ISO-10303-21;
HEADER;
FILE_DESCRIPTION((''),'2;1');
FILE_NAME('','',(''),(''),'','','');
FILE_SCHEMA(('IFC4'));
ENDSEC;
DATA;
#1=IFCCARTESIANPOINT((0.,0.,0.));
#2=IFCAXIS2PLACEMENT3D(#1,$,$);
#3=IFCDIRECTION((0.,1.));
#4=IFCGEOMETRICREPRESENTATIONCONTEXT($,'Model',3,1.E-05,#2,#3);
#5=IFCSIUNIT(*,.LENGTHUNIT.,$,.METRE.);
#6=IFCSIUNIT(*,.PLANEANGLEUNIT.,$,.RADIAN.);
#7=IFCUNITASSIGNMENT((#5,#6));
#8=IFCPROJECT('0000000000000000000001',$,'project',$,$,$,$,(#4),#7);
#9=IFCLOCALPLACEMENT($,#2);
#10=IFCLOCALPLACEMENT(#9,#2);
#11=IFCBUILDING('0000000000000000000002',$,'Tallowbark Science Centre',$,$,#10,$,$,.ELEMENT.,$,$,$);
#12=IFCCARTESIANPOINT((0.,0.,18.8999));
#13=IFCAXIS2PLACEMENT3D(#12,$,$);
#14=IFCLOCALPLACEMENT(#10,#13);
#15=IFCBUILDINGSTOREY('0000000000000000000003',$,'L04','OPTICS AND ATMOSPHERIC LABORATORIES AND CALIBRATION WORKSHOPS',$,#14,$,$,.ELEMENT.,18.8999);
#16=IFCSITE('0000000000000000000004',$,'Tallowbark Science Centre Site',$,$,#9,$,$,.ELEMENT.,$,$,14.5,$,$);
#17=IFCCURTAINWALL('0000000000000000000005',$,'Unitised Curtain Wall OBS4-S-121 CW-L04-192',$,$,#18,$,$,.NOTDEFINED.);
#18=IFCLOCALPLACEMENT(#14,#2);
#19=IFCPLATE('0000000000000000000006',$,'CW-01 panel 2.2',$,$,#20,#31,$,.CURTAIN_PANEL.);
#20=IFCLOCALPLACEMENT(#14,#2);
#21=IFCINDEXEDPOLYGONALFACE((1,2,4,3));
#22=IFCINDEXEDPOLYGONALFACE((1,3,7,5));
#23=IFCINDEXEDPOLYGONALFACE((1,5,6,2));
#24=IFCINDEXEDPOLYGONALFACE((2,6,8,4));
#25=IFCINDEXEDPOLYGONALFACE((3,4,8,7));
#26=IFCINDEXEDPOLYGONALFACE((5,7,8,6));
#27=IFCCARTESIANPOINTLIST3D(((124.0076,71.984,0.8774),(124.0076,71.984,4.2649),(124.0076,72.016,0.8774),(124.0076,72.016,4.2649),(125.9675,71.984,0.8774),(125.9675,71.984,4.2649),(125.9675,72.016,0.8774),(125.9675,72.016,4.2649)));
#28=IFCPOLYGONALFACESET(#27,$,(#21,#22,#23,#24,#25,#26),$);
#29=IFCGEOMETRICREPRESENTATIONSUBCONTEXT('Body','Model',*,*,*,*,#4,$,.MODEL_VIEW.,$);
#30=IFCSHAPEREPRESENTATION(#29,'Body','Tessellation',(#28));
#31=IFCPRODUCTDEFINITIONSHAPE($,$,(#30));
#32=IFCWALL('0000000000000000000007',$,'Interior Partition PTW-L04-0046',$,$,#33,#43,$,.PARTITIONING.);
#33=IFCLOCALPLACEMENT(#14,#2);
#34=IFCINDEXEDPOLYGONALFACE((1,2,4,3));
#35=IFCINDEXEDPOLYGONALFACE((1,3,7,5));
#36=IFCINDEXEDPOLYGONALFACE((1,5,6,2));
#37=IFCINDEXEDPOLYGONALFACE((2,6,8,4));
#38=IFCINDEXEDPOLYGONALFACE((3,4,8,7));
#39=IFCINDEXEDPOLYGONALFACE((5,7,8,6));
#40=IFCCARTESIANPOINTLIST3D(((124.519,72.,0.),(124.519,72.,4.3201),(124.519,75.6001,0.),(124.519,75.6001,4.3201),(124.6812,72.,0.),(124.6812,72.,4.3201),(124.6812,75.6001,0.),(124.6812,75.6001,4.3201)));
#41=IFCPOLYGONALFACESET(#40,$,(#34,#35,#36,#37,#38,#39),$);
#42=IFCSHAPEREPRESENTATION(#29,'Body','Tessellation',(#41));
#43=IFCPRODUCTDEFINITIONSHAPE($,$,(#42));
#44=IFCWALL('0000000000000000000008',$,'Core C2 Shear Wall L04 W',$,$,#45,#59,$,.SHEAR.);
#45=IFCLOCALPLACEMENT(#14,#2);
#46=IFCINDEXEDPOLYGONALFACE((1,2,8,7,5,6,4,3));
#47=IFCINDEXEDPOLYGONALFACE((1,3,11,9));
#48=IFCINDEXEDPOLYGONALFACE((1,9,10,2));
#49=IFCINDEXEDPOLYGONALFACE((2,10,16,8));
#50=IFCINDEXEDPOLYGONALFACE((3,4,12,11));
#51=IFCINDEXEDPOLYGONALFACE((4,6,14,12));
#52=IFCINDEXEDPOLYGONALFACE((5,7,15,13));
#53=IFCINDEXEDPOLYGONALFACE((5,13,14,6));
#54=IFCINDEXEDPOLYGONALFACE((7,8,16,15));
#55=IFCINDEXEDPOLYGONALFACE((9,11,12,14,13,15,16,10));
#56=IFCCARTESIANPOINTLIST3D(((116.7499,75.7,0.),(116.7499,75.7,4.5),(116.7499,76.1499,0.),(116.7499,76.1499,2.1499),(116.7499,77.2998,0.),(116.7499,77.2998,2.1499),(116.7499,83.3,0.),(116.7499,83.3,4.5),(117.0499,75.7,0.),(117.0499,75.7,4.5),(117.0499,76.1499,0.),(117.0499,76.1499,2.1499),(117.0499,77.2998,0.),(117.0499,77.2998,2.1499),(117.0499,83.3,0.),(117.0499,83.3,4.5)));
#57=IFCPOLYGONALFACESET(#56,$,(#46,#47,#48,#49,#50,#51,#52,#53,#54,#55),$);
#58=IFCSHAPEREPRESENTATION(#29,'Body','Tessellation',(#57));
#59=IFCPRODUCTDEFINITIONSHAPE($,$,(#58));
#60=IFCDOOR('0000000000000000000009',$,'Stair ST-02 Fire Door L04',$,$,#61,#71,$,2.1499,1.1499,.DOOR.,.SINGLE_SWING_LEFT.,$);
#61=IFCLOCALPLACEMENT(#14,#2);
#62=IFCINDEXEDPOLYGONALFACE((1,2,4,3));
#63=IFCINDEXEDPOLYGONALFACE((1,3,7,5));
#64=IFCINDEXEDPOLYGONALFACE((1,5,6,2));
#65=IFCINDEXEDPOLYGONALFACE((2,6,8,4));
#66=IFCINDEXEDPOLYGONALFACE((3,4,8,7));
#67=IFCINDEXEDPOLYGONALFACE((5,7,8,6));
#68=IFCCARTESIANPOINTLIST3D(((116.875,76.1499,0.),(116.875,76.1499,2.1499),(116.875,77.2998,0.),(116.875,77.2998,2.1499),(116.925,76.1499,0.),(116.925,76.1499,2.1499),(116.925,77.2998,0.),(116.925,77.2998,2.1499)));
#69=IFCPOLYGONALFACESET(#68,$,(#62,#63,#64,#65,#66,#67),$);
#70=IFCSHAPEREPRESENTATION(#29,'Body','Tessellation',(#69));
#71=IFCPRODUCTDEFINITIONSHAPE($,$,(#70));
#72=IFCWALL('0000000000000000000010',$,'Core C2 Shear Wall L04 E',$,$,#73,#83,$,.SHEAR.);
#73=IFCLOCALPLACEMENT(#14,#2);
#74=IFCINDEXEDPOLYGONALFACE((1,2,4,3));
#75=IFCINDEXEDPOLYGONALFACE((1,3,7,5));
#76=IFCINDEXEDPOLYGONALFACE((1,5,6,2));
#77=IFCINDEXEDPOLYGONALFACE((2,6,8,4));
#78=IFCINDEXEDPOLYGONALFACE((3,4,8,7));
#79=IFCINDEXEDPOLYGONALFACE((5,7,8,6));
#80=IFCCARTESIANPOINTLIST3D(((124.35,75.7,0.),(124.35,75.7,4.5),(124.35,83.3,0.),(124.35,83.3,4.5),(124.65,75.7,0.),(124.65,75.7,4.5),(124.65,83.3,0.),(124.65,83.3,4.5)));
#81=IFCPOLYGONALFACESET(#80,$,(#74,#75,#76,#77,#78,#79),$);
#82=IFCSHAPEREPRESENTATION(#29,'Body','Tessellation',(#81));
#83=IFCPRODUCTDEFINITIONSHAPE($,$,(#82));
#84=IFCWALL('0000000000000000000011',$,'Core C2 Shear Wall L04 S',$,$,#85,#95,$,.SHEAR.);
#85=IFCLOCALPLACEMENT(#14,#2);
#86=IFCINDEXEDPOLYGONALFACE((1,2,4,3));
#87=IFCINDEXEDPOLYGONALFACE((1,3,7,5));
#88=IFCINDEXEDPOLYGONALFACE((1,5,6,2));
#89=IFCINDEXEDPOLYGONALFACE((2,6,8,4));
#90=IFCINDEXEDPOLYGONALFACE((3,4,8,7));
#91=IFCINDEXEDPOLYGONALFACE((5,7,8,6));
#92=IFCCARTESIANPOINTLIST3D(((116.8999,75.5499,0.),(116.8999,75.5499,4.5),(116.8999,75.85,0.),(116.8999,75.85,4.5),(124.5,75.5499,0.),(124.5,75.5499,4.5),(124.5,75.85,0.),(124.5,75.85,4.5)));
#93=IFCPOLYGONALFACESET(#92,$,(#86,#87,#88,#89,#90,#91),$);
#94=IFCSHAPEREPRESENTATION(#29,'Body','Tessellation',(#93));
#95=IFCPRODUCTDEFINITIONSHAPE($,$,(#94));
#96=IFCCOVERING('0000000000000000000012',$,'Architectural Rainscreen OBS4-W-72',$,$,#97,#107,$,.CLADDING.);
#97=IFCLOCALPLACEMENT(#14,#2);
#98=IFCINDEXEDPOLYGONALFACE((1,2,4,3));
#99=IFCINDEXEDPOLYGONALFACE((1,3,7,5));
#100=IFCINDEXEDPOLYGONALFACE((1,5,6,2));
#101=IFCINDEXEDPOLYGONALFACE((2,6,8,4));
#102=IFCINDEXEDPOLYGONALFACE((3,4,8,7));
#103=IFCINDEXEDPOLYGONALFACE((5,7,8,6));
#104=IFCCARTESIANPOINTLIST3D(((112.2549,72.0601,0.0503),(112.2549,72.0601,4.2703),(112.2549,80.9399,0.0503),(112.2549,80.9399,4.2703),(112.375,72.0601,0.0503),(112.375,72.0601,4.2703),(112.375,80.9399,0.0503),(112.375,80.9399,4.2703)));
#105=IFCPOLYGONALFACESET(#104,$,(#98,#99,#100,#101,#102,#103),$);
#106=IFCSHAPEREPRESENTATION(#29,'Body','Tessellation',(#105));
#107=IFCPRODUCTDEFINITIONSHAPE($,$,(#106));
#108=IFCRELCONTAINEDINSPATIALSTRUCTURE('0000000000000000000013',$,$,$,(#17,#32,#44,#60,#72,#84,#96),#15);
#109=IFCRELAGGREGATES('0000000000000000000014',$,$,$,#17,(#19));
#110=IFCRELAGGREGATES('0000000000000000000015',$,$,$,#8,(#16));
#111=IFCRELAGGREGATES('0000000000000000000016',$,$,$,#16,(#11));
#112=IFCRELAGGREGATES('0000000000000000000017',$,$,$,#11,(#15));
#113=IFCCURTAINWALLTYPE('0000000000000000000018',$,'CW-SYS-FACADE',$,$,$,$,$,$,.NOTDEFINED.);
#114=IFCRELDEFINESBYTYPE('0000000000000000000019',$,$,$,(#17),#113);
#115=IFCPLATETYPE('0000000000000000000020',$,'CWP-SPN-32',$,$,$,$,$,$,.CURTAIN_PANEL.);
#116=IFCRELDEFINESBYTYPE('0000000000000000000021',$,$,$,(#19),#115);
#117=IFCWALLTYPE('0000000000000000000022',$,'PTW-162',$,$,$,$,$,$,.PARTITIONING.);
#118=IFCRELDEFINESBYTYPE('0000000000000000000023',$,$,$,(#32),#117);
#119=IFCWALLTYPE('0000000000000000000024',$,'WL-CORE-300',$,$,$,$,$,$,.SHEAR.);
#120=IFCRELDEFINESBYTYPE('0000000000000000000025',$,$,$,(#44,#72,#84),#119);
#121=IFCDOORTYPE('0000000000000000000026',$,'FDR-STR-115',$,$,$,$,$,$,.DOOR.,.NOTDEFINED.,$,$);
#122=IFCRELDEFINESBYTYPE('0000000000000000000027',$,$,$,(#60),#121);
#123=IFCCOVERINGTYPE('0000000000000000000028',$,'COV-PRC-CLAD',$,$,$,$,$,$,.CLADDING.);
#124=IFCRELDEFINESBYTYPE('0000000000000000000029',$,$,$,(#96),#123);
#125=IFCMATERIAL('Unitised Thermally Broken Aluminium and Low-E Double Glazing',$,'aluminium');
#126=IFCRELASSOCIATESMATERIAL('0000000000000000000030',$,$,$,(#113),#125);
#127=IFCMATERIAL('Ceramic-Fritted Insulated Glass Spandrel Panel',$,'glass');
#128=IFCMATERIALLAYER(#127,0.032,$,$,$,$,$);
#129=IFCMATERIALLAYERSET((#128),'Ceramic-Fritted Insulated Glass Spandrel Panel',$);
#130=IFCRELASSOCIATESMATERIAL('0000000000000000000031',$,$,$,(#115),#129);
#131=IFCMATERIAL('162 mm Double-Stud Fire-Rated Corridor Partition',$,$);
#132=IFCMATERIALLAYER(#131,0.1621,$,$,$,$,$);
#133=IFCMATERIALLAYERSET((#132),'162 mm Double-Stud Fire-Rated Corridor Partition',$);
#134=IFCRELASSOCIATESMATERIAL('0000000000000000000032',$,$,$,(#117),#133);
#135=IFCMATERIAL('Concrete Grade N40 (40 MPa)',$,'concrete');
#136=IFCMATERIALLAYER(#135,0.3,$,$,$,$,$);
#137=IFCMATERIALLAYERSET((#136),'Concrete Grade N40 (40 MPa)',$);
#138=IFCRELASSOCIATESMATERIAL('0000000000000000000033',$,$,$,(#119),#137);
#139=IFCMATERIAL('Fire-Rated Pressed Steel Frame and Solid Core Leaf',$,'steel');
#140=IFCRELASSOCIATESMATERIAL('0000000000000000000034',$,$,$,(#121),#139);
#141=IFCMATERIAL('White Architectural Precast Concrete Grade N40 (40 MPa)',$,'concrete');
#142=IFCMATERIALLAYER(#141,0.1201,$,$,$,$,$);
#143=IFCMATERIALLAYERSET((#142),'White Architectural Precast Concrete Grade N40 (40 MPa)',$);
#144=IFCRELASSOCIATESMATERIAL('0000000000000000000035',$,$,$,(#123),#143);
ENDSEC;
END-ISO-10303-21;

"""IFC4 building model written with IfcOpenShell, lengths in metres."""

from ifc_helpers import new_model, si_unit, direction, frame, frame_2d, origin, origin_2d, place, context, subcontext, project, spatial, rectangle, extrude, material, layer, layer_set, type_object, element, fill, aggregate, save


model = new_model("IFC4")

# Units and contexts
model_context = context("Model", 3, precision=1e-05, world=origin(), true_north=direction((0.0, 1.0)))
body_context = subcontext(model_context, "Body", "Model", "MODEL_VIEW")
ifc_project = project(units=[si_unit("LENGTHUNIT", "METRE"), si_unit("PLANEANGLEUNIT", "RADIAN")], contexts=[model_context])

# Site, building, storey
site_placement = place(None, origin())
site = spatial("IfcSite", under=ifc_project, at=site_placement, Name="Tallowbark Science Centre Site", CompositionType="ELEMENT", RefElevation=14.5)
building_placement = place(site_placement, origin())
building = spatial("IfcBuilding", under=site, at=building_placement, Name="Tallowbark Science Centre", CompositionType="ELEMENT")
storey_placement = place(building_placement, frame((0.0, 0.0, 18.8999)))
storey = spatial("IfcBuildingStorey", under=building, at=storey_placement, Name="L04", Description="OPTICS AND ATMOSPHERIC LABORATORIES AND CALIBRATION WORKSHOPS", CompositionType="ELEMENT", Elevation=18.8999)

# Shared definitions
ifc_material_1 = material(Name="Concrete Grade N40 (40 MPa)", Category="concrete")

# Curtain wall
ifc_material_2 = material(Name="Unitised Thermally Broken Aluminium and Low-E Double Glazing", Category="aluminium")
curtain_wall_type = type_object("IfcCurtainWallType", Name="CW-SYS-FACADE", PredefinedType="NOTDEFINED", material=ifc_material_2)
curtain_wall_placement = place(storey_placement, origin())
curtain_wall = element("IfcCurtainWall", 1, at=curtain_wall_placement, inside=storey, type_object=curtain_wall_type, Name="Unitised Curtain Wall OBS4-S-121 CW-L04-192", PredefinedType="NOTDEFINED")

# Plate
ifc_material_3 = material(Name="Ceramic-Fritted Insulated Glass Spandrel Panel", Category="glass")
ifc_layer_1 = layer(ifc_material_3, 0.032)
ifc_layer_set_1 = layer_set([ifc_layer_1], Name="Ceramic-Fritted Insulated Glass Spandrel Panel")
plate_type = type_object("IfcPlateType", Name="CWP-SPN-32", PredefinedType="CURTAIN_PANEL", material=ifc_layer_set_1)
plate_1_placement = place(storey_placement, frame((124.9875, 72.0, 0.8774), z_axis=(0.0, 0.0, 1.0), x_axis=(1.0, 0.0, 0.0)))
plate_1 = element("IfcPlate", 2, at=plate_1_placement, type_object=plate_type, Name="CW-01 panel 2.2", PredefinedType="CURTAIN_PANEL", context=body_context, shape_type="SweptSolid", body=[
    extrude(rectangle(XDim=1.96, YDim=0.032, at=origin_2d()), origin(), (0.0, 0.0, 1.0), 3.3875),
])
aggregate(curtain_wall, [plate_1])

# Wall
ifc_material_4 = material(Name="162 mm Double-Stud Fire-Rated Corridor Partition")
ifc_layer_2 = layer(ifc_material_4, 0.1621)
ifc_layer_set_2 = layer_set([ifc_layer_2], Name="162 mm Double-Stud Fire-Rated Corridor Partition")
wall_type_1 = type_object("IfcWallType", Name="PTW-162", PredefinedType="PARTITIONING", material=ifc_layer_set_2)
wall_1_placement = place(storey_placement, frame((124.6001, 72.0, 0.0), z_axis=(0.0, 0.0, 1.0), x_axis=(0.0, 1.0, 0.0)))
element("IfcWall", 3, at=wall_1_placement, inside=storey, type_object=wall_type_1, Name="Interior Partition PTW-L04-0046", PredefinedType="PARTITIONING", context=body_context, shape_type="SweptSolid", body=[
    extrude(rectangle(XDim=3.6001, YDim=0.1621, at=frame_2d((1.8, 0.0))), origin(), (0.0, 0.0, 1.0), 4.3201),
])

# Wall, opening, door
ifc_layer_3 = layer(ifc_material_1, 0.3)
ifc_layer_set_3 = layer_set([ifc_layer_3], Name="Concrete Grade N40 (40 MPa)")
wall_type_2 = type_object("IfcWallType", Name="WL-CORE-300", PredefinedType="SHEAR", material=ifc_layer_set_3)
wall_2_placement = place(storey_placement, frame((116.8999, 75.7, 0.0), z_axis=(0.0, 0.0, 1.0), x_axis=(0.0, 1.0, 0.0)))
wall_2 = element("IfcWall", 4, at=wall_2_placement, inside=storey, type_object=wall_type_2, Name="Core C2 Shear Wall L04 W", PredefinedType="SHEAR", context=body_context, shape_type="SweptSolid", body=[
    extrude(rectangle(XDim=7.6001, YDim=0.3, at=frame_2d((3.8, 0.0))), origin(), (0.0, 0.0, 1.0), 4.5),
])
opening_placement = place(wall_2_placement, frame((0.45, 0.0, 0.0)))
opening = element("IfcOpeningElement", 5, at=opening_placement, cuts=wall_2, PredefinedType="OPENING", context=body_context, shape_type="SweptSolid", body=[
    extrude(rectangle(XDim=1.1499, YDim=2.1499, at=frame_2d((0.575, 1.075))), frame((0.0, 0.1602, 0.0), z_axis=(0.0, -1.0, 0.0), x_axis=(1.0, 0.0, 0.0)), (0.0, 0.0, 1.0), 0.3201),
])
ifc_material_5 = material(Name="Fire-Rated Pressed Steel Frame and Solid Core Leaf", Category="steel")
door_type = type_object("IfcDoorType", Name="FDR-STR-115", OperationType="NOTDEFINED", PredefinedType="DOOR", material=ifc_material_5)
door_placement = place(opening_placement, origin())
door = element("IfcDoor", 6, at=door_placement, inside=storey, type_object=door_type, Name="Stair ST-02 Fire Door L04", OperationType="SINGLE_SWING_LEFT", OverallHeight=2.1499, OverallWidth=1.1499, PredefinedType="DOOR", context=body_context, shape_type="SweptSolid", body=[
    extrude(rectangle(XDim=1.1499, YDim=2.1499, at=frame_2d((0.575, 1.075))), frame((0.0, 0.0249, 0.0), z_axis=(0.0, -1.0, 0.0), x_axis=(1.0, 0.0, 0.0)), (0.0, 0.0, 1.0), 0.05),
])
fill(opening, door)

# Walls
for number, where, z_axis, x_axis, name in (
    (7, (124.5, 75.7, 0.0), (0.0, 0.0, 1.0), (0.0, 1.0, 0.0), "Core C2 Shear Wall L04 E"),
    (8, (116.8999, 75.7, 0.0), (0.0, 0.0, 1.0), (1.0, 0.0, 0.0), "Core C2 Shear Wall L04 S"),
):
    element("IfcWall", number, at=place(storey_placement, frame(where, z_axis=z_axis, x_axis=x_axis)), inside=storey, type_object=wall_type_2, Name=name, PredefinedType="SHEAR", context=body_context, shape_type="SweptSolid", body=[
        extrude(rectangle(XDim=7.6001, YDim=0.3, at=frame_2d((3.8, 0.0))), origin(), (0.0, 0.0, 1.0), 4.5),
    ])

# Covering
ifc_material_6 = material(Name="White Architectural Precast Concrete Grade N40 (40 MPa)", Category="concrete")
ifc_layer_4 = layer(ifc_material_6, 0.1201)
ifc_layer_set_4 = layer_set([ifc_layer_4], Name="White Architectural Precast Concrete Grade N40 (40 MPa)")
covering_type = type_object("IfcCoveringType", Name="COV-PRC-CLAD", PredefinedType="CLADDING", material=ifc_layer_set_4)
covering_placement = place(storey_placement, frame((112.3149, 76.5, 0.0503), z_axis=(0.0, 0.0, 1.0), x_axis=(0.0, -1.0, 0.0)))
element("IfcCovering", 9, at=covering_placement, inside=storey, type_object=covering_type, Name="Architectural Rainscreen OBS4-W-72", PredefinedType="CLADDING", context=body_context, shape_type="SweptSolid", body=[
    extrude(rectangle(XDim=8.8799, YDim=0.1201, at=origin_2d()), origin(), (0.0, 0.0, 1.0), 4.22),
])

save(model, "model.ifc")
